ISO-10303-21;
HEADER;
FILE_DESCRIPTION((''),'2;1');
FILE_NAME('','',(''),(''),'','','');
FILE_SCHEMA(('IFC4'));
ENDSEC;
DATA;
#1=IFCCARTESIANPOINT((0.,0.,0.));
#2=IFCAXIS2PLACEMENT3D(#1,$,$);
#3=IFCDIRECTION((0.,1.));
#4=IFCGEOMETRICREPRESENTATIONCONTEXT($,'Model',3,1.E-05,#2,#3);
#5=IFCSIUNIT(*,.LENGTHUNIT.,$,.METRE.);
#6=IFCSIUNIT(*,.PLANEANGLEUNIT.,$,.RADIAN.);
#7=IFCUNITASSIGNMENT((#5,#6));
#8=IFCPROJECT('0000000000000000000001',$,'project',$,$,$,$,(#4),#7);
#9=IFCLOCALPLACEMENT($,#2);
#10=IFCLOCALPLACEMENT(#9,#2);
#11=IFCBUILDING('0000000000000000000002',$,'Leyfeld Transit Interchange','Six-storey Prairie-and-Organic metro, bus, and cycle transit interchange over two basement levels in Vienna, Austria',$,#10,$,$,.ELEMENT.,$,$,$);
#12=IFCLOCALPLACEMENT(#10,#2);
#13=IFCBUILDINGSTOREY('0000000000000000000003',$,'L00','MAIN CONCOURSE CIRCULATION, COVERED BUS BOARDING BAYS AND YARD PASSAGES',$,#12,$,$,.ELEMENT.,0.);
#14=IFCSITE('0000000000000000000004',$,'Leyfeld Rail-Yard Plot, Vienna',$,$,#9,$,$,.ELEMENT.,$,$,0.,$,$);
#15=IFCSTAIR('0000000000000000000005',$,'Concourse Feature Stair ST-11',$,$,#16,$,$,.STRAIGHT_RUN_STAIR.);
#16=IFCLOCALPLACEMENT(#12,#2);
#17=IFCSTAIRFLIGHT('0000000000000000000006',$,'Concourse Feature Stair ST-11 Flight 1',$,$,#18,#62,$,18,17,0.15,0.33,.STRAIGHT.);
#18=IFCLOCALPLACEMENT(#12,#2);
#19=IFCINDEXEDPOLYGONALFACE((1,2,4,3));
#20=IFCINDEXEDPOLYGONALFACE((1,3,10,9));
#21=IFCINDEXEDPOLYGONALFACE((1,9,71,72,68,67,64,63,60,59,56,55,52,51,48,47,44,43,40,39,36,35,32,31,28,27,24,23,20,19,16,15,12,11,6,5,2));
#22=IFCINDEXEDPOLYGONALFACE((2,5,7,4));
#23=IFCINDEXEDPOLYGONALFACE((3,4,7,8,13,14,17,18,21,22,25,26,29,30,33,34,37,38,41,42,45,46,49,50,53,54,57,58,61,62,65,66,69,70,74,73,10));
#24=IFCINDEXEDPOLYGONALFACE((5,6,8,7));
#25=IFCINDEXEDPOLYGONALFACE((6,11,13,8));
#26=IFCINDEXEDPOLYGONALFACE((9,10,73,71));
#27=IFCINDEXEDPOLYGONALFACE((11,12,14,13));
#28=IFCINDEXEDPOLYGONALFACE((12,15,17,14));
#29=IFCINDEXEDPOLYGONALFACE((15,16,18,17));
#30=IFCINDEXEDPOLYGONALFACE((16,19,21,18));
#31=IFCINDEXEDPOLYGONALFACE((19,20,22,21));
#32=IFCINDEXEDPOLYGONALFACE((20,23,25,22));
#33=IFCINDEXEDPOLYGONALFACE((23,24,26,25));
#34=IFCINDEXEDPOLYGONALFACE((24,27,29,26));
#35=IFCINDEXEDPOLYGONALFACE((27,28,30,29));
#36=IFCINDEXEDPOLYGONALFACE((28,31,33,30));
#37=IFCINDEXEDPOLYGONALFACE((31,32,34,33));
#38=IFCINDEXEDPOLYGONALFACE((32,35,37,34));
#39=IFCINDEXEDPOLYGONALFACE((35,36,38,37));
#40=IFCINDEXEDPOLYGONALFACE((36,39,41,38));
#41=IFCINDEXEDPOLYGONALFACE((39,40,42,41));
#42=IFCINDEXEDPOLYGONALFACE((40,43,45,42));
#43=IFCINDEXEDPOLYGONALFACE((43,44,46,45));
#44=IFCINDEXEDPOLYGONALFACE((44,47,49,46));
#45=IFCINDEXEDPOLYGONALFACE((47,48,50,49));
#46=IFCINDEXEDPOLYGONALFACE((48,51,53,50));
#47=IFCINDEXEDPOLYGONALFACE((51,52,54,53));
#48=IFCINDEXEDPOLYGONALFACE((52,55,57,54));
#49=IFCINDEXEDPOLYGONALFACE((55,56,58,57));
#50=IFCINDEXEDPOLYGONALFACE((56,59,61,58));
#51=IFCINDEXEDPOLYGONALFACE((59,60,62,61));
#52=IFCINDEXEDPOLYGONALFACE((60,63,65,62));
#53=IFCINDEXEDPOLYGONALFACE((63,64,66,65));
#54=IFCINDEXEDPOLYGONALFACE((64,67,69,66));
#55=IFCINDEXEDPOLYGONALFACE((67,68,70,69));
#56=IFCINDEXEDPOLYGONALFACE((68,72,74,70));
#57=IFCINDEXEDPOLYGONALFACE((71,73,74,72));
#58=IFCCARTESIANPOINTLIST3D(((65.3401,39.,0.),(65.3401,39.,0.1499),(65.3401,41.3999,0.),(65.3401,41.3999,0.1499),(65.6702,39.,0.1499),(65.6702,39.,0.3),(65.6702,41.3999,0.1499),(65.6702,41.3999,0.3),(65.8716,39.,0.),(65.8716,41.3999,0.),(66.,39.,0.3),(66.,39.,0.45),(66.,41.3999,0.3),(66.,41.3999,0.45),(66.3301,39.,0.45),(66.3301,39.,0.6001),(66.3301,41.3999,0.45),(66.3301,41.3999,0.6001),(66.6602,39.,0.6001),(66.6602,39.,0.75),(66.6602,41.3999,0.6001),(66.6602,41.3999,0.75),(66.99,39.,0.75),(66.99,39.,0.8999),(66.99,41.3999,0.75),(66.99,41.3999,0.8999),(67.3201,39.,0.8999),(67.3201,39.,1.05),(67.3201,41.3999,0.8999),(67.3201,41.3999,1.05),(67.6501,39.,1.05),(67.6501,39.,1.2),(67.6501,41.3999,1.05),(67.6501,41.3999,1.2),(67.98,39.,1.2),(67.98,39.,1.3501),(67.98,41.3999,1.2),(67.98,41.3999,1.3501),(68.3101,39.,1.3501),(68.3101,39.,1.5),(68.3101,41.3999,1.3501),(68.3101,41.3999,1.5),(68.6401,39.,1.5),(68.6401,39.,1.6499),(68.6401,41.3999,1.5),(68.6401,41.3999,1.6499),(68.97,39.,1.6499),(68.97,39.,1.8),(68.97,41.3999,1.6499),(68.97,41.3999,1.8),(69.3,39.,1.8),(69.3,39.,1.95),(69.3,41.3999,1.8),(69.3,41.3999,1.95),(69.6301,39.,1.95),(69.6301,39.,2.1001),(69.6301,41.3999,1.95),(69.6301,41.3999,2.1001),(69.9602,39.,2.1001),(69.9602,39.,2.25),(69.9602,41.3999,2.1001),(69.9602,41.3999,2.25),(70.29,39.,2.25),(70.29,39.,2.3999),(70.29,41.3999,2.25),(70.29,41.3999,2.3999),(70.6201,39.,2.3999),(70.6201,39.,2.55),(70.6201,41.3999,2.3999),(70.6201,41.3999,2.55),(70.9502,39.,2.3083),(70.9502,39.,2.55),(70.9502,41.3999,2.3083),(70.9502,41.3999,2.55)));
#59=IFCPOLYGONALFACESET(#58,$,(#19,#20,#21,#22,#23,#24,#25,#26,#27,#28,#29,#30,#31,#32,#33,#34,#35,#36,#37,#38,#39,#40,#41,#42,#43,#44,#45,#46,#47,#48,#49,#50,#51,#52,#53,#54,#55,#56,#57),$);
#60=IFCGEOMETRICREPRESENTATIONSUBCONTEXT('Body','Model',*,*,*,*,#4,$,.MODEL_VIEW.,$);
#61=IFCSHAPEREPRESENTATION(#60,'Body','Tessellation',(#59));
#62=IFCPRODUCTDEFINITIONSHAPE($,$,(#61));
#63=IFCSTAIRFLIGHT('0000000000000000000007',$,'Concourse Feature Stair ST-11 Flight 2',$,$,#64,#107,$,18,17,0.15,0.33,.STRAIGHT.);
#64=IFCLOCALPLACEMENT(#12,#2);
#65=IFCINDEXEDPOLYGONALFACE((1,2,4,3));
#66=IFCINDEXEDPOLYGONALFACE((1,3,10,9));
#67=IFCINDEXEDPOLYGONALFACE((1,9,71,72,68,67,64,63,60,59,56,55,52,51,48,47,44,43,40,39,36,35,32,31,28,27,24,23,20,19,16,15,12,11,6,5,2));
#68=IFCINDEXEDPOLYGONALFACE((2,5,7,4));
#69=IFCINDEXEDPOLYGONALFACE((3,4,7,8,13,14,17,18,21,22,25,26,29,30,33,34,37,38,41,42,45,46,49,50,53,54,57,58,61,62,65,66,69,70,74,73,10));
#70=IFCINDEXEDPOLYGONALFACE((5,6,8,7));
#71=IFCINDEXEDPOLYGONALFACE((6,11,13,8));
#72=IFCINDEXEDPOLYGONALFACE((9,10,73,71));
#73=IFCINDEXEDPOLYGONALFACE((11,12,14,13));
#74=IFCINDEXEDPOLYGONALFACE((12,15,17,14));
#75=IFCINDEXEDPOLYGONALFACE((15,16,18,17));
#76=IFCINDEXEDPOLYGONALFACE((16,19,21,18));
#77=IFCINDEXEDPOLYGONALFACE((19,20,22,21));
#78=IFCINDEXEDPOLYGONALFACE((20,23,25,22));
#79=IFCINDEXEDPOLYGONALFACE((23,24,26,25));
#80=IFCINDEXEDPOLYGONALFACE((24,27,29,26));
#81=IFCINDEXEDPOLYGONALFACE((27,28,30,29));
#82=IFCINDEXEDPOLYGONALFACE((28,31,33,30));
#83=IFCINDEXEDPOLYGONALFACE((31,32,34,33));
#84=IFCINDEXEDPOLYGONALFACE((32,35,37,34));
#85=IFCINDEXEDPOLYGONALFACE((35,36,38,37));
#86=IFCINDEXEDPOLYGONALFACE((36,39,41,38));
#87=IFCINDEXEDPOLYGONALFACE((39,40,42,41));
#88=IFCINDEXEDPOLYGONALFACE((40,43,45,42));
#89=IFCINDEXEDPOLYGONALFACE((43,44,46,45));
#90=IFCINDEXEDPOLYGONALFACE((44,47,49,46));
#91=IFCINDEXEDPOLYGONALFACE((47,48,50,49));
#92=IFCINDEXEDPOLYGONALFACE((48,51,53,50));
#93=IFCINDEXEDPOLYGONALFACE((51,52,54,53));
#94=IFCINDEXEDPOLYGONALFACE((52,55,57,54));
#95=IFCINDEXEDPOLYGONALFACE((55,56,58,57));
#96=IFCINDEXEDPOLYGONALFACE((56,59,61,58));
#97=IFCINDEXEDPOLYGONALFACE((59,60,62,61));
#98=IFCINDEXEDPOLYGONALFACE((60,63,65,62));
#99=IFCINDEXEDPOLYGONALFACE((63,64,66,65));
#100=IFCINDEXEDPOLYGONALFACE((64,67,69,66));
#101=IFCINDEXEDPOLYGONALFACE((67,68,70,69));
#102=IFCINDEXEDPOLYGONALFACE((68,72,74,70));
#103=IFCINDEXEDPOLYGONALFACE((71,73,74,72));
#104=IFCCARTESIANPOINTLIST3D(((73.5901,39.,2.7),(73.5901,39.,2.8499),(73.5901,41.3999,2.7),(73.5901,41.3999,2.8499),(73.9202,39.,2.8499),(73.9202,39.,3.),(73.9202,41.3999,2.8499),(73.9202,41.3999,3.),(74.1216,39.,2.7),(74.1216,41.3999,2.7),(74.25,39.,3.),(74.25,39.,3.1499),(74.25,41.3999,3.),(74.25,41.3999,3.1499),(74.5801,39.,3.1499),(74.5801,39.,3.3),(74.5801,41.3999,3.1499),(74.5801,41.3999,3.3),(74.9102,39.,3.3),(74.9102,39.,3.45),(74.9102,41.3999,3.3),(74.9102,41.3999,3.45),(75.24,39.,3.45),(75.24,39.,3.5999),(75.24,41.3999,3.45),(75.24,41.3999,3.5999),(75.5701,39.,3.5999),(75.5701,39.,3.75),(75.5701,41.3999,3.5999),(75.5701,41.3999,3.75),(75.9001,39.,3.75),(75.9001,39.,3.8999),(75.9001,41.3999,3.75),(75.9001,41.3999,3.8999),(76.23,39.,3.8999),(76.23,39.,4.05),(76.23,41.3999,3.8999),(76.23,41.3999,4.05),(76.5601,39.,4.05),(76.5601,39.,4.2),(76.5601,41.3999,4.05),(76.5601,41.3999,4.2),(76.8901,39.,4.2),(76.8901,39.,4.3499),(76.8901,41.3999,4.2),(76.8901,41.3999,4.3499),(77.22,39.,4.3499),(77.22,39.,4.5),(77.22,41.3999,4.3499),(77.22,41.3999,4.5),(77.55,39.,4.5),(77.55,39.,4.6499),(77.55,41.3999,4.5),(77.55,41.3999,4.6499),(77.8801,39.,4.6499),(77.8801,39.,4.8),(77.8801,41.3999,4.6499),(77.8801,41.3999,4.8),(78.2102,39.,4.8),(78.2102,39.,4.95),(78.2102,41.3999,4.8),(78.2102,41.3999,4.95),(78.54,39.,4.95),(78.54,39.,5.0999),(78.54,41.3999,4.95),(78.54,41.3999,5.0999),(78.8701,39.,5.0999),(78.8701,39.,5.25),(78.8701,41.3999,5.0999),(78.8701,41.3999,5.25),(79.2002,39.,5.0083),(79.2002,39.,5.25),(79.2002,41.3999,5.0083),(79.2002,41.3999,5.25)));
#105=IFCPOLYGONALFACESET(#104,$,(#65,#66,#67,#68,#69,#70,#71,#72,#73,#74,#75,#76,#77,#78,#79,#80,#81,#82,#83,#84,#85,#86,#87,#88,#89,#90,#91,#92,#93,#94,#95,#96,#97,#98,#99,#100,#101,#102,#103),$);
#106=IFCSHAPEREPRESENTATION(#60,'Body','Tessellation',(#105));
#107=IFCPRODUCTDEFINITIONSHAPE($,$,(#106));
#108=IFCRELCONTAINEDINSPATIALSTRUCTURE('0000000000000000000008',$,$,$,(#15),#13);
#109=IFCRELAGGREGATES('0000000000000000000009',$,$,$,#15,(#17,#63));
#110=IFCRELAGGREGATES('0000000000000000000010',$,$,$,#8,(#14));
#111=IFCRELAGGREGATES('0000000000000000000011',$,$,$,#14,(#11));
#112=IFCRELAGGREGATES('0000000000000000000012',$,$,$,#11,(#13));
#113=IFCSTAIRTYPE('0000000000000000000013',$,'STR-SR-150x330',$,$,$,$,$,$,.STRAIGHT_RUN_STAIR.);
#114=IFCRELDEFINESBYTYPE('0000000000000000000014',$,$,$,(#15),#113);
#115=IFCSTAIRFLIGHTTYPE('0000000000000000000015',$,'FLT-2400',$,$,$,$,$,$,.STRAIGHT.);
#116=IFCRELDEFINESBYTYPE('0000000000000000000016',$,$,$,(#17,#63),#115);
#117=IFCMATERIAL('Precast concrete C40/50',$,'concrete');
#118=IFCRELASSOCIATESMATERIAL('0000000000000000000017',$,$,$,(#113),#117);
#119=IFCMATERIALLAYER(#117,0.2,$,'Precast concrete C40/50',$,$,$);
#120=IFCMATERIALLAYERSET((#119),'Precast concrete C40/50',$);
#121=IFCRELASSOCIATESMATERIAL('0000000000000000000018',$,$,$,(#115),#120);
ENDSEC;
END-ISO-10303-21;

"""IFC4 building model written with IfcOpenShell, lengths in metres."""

from ifc_helpers import new_model, si_unit, direction, frame, origin, place, context, subcontext, project, spatial, polyline, outline, extrude, material, layer, layer_set, type_object, element, aggregate, save


model = new_model("IFC4")

# Units and contexts
model_context = context("Model", 3, precision=1e-05, world=origin(), true_north=direction((0.0, 1.0)))
body_context = subcontext(model_context, "Body", "Model", "MODEL_VIEW")
ifc_project = project(units=[si_unit("LENGTHUNIT", "METRE"), si_unit("PLANEANGLEUNIT", "RADIAN")], contexts=[model_context])

# Site, building, storey
site_placement = place(None, origin())
site = spatial("IfcSite", under=ifc_project, at=site_placement, Name="Leyfeld Rail-Yard Plot, Vienna", CompositionType="ELEMENT", RefElevation=0.0)
building_placement = place(site_placement, origin())
building = spatial("IfcBuilding", under=site, at=building_placement, Name="Leyfeld Transit Interchange", Description="Six-storey Prairie-and-Organic metro, bus, and cycle transit interchange over two basement levels in Vienna, Austria", CompositionType="ELEMENT")
storey_placement = place(building_placement, origin())
storey = spatial("IfcBuildingStorey", under=building, at=storey_placement, Name="L00", Description="MAIN CONCOURSE CIRCULATION, COVERED BUS BOARDING BAYS AND YARD PASSAGES", CompositionType="ELEMENT", Elevation=0.0)

# Stair, stair flights
ifc_material_1 = material(Name="Precast concrete C40/50", Category="concrete")
stair_type = type_object("IfcStairType", Name="STR-SR-150x330", PredefinedType="STRAIGHT_RUN_STAIR", material=ifc_material_1)
stair_placement = place(storey_placement, origin())
stair = element("IfcStair", 1, at=stair_placement, inside=storey, type_object=stair_type, Name="Concourse Feature Stair ST-11", PredefinedType="STRAIGHT_RUN_STAIR")
ifc_layer_1 = layer(ifc_material_1, 0.2, Name="Precast concrete C40/50")
ifc_layer_set_1 = layer_set([ifc_layer_1], Name="Precast concrete C40/50")
stair_flight_type = type_object("IfcStairFlightType", Name="FLT-2400", PredefinedType="STRAIGHT", material=ifc_layer_set_1)
stair_flight_1_placement = place(storey_placement, frame((65.3401, 40.2, 0.0), z_axis=(0.0, 0.0, 1.0), x_axis=(1.0, 0.0, 0.0)))
stair_flight_1 = element("IfcStairFlight", 2, at=stair_flight_1_placement, type_object=stair_flight_type, Name="Concourse Feature Stair ST-11 Flight 1", NumberOfRisers=18, NumberOfTreads=17, PredefinedType="STRAIGHT", RiserHeight=0.15, TreadLength=0.33, context=body_context, shape_type="SweptSolid", body=[
    extrude(outline(polyline([(0.0, 0.0), (0.0, 0.1499), (0.3301, 0.1499), (0.3301, 0.3), (0.6599, 0.3), (0.6599, 0.45), (0.99, 0.45), (0.99, 0.6001), (1.3201, 0.6001), (1.3201, 0.75), (1.6499, 0.75), (1.6499, 0.8999), (1.98, 0.8999), (1.98, 1.05), (2.3101, 1.05), (2.3101, 1.2), (2.6399, 1.2), (2.6399, 1.3501), (2.97, 1.3501), (2.97, 1.5), (3.3, 1.5), (3.3, 1.6499), (3.6299, 1.6499), (3.6299, 1.8), (3.96, 1.8), (3.96, 1.95), (4.29, 1.95), (4.29, 2.1001), (4.6201, 2.1001), (4.6201, 2.25), (4.95, 2.25), (4.95, 2.3999), (5.28, 2.3999), (5.28, 2.55), (5.6101, 2.55), (5.6101, 2.7), (5.6101, 2.3083), (0.5315, 0.0), (0.0, 0.0)])), frame((0.0, 1.2, 0.0), z_axis=(0.0, -1.0, 0.0), x_axis=(1.0, 0.0, 0.0)), (0.0, 0.0, 1.0), 2.3999),
])
stair_flight_2_placement = place(storey_placement, frame((73.5901, 40.2, 2.7), z_axis=(0.0, 0.0, 1.0), x_axis=(1.0, 0.0, 0.0)))
stair_flight_2 = element("IfcStairFlight", 3, at=stair_flight_2_placement, type_object=stair_flight_type, Name="Concourse Feature Stair ST-11 Flight 2", NumberOfRisers=18, NumberOfTreads=17, PredefinedType="STRAIGHT", RiserHeight=0.15, TreadLength=0.33, context=body_context, shape_type="SweptSolid", body=[
    extrude(outline(polyline([(0.0, 0.0), (0.0, 0.1499), (0.3301, 0.1499), (0.3301, 0.3), (0.6599, 0.3), (0.6599, 0.45), (0.99, 0.45), (0.99, 0.6001), (1.3201, 0.6001), (1.3201, 0.75), (1.6499, 0.75), (1.6499, 0.8999), (1.98, 0.8999), (1.98, 1.05), (2.3101, 1.05), (2.3101, 1.2), (2.6399, 1.2), (2.6399, 1.3501), (2.97, 1.3501), (2.97, 1.5), (3.3, 1.5), (3.3, 1.6499), (3.6299, 1.6499), (3.6299, 1.8), (3.96, 1.8), (3.96, 1.95), (4.29, 1.95), (4.29, 2.1001), (4.6201, 2.1001), (4.6201, 2.25), (4.95, 2.25), (4.95, 2.3999), (5.28, 2.3999), (5.28, 2.55), (5.6101, 2.55), (5.6101, 2.7), (5.6101, 2.3083), (0.5315, 0.0), (0.0, 0.0)])), frame((0.0, 1.2, 0.0), z_axis=(0.0, -1.0, 0.0), x_axis=(1.0, 0.0, 0.0)), (0.0, 0.0, 1.0), 2.3999),
])
aggregate(stair, [stair_flight_1, stair_flight_2])

save(model, "model.ifc")
